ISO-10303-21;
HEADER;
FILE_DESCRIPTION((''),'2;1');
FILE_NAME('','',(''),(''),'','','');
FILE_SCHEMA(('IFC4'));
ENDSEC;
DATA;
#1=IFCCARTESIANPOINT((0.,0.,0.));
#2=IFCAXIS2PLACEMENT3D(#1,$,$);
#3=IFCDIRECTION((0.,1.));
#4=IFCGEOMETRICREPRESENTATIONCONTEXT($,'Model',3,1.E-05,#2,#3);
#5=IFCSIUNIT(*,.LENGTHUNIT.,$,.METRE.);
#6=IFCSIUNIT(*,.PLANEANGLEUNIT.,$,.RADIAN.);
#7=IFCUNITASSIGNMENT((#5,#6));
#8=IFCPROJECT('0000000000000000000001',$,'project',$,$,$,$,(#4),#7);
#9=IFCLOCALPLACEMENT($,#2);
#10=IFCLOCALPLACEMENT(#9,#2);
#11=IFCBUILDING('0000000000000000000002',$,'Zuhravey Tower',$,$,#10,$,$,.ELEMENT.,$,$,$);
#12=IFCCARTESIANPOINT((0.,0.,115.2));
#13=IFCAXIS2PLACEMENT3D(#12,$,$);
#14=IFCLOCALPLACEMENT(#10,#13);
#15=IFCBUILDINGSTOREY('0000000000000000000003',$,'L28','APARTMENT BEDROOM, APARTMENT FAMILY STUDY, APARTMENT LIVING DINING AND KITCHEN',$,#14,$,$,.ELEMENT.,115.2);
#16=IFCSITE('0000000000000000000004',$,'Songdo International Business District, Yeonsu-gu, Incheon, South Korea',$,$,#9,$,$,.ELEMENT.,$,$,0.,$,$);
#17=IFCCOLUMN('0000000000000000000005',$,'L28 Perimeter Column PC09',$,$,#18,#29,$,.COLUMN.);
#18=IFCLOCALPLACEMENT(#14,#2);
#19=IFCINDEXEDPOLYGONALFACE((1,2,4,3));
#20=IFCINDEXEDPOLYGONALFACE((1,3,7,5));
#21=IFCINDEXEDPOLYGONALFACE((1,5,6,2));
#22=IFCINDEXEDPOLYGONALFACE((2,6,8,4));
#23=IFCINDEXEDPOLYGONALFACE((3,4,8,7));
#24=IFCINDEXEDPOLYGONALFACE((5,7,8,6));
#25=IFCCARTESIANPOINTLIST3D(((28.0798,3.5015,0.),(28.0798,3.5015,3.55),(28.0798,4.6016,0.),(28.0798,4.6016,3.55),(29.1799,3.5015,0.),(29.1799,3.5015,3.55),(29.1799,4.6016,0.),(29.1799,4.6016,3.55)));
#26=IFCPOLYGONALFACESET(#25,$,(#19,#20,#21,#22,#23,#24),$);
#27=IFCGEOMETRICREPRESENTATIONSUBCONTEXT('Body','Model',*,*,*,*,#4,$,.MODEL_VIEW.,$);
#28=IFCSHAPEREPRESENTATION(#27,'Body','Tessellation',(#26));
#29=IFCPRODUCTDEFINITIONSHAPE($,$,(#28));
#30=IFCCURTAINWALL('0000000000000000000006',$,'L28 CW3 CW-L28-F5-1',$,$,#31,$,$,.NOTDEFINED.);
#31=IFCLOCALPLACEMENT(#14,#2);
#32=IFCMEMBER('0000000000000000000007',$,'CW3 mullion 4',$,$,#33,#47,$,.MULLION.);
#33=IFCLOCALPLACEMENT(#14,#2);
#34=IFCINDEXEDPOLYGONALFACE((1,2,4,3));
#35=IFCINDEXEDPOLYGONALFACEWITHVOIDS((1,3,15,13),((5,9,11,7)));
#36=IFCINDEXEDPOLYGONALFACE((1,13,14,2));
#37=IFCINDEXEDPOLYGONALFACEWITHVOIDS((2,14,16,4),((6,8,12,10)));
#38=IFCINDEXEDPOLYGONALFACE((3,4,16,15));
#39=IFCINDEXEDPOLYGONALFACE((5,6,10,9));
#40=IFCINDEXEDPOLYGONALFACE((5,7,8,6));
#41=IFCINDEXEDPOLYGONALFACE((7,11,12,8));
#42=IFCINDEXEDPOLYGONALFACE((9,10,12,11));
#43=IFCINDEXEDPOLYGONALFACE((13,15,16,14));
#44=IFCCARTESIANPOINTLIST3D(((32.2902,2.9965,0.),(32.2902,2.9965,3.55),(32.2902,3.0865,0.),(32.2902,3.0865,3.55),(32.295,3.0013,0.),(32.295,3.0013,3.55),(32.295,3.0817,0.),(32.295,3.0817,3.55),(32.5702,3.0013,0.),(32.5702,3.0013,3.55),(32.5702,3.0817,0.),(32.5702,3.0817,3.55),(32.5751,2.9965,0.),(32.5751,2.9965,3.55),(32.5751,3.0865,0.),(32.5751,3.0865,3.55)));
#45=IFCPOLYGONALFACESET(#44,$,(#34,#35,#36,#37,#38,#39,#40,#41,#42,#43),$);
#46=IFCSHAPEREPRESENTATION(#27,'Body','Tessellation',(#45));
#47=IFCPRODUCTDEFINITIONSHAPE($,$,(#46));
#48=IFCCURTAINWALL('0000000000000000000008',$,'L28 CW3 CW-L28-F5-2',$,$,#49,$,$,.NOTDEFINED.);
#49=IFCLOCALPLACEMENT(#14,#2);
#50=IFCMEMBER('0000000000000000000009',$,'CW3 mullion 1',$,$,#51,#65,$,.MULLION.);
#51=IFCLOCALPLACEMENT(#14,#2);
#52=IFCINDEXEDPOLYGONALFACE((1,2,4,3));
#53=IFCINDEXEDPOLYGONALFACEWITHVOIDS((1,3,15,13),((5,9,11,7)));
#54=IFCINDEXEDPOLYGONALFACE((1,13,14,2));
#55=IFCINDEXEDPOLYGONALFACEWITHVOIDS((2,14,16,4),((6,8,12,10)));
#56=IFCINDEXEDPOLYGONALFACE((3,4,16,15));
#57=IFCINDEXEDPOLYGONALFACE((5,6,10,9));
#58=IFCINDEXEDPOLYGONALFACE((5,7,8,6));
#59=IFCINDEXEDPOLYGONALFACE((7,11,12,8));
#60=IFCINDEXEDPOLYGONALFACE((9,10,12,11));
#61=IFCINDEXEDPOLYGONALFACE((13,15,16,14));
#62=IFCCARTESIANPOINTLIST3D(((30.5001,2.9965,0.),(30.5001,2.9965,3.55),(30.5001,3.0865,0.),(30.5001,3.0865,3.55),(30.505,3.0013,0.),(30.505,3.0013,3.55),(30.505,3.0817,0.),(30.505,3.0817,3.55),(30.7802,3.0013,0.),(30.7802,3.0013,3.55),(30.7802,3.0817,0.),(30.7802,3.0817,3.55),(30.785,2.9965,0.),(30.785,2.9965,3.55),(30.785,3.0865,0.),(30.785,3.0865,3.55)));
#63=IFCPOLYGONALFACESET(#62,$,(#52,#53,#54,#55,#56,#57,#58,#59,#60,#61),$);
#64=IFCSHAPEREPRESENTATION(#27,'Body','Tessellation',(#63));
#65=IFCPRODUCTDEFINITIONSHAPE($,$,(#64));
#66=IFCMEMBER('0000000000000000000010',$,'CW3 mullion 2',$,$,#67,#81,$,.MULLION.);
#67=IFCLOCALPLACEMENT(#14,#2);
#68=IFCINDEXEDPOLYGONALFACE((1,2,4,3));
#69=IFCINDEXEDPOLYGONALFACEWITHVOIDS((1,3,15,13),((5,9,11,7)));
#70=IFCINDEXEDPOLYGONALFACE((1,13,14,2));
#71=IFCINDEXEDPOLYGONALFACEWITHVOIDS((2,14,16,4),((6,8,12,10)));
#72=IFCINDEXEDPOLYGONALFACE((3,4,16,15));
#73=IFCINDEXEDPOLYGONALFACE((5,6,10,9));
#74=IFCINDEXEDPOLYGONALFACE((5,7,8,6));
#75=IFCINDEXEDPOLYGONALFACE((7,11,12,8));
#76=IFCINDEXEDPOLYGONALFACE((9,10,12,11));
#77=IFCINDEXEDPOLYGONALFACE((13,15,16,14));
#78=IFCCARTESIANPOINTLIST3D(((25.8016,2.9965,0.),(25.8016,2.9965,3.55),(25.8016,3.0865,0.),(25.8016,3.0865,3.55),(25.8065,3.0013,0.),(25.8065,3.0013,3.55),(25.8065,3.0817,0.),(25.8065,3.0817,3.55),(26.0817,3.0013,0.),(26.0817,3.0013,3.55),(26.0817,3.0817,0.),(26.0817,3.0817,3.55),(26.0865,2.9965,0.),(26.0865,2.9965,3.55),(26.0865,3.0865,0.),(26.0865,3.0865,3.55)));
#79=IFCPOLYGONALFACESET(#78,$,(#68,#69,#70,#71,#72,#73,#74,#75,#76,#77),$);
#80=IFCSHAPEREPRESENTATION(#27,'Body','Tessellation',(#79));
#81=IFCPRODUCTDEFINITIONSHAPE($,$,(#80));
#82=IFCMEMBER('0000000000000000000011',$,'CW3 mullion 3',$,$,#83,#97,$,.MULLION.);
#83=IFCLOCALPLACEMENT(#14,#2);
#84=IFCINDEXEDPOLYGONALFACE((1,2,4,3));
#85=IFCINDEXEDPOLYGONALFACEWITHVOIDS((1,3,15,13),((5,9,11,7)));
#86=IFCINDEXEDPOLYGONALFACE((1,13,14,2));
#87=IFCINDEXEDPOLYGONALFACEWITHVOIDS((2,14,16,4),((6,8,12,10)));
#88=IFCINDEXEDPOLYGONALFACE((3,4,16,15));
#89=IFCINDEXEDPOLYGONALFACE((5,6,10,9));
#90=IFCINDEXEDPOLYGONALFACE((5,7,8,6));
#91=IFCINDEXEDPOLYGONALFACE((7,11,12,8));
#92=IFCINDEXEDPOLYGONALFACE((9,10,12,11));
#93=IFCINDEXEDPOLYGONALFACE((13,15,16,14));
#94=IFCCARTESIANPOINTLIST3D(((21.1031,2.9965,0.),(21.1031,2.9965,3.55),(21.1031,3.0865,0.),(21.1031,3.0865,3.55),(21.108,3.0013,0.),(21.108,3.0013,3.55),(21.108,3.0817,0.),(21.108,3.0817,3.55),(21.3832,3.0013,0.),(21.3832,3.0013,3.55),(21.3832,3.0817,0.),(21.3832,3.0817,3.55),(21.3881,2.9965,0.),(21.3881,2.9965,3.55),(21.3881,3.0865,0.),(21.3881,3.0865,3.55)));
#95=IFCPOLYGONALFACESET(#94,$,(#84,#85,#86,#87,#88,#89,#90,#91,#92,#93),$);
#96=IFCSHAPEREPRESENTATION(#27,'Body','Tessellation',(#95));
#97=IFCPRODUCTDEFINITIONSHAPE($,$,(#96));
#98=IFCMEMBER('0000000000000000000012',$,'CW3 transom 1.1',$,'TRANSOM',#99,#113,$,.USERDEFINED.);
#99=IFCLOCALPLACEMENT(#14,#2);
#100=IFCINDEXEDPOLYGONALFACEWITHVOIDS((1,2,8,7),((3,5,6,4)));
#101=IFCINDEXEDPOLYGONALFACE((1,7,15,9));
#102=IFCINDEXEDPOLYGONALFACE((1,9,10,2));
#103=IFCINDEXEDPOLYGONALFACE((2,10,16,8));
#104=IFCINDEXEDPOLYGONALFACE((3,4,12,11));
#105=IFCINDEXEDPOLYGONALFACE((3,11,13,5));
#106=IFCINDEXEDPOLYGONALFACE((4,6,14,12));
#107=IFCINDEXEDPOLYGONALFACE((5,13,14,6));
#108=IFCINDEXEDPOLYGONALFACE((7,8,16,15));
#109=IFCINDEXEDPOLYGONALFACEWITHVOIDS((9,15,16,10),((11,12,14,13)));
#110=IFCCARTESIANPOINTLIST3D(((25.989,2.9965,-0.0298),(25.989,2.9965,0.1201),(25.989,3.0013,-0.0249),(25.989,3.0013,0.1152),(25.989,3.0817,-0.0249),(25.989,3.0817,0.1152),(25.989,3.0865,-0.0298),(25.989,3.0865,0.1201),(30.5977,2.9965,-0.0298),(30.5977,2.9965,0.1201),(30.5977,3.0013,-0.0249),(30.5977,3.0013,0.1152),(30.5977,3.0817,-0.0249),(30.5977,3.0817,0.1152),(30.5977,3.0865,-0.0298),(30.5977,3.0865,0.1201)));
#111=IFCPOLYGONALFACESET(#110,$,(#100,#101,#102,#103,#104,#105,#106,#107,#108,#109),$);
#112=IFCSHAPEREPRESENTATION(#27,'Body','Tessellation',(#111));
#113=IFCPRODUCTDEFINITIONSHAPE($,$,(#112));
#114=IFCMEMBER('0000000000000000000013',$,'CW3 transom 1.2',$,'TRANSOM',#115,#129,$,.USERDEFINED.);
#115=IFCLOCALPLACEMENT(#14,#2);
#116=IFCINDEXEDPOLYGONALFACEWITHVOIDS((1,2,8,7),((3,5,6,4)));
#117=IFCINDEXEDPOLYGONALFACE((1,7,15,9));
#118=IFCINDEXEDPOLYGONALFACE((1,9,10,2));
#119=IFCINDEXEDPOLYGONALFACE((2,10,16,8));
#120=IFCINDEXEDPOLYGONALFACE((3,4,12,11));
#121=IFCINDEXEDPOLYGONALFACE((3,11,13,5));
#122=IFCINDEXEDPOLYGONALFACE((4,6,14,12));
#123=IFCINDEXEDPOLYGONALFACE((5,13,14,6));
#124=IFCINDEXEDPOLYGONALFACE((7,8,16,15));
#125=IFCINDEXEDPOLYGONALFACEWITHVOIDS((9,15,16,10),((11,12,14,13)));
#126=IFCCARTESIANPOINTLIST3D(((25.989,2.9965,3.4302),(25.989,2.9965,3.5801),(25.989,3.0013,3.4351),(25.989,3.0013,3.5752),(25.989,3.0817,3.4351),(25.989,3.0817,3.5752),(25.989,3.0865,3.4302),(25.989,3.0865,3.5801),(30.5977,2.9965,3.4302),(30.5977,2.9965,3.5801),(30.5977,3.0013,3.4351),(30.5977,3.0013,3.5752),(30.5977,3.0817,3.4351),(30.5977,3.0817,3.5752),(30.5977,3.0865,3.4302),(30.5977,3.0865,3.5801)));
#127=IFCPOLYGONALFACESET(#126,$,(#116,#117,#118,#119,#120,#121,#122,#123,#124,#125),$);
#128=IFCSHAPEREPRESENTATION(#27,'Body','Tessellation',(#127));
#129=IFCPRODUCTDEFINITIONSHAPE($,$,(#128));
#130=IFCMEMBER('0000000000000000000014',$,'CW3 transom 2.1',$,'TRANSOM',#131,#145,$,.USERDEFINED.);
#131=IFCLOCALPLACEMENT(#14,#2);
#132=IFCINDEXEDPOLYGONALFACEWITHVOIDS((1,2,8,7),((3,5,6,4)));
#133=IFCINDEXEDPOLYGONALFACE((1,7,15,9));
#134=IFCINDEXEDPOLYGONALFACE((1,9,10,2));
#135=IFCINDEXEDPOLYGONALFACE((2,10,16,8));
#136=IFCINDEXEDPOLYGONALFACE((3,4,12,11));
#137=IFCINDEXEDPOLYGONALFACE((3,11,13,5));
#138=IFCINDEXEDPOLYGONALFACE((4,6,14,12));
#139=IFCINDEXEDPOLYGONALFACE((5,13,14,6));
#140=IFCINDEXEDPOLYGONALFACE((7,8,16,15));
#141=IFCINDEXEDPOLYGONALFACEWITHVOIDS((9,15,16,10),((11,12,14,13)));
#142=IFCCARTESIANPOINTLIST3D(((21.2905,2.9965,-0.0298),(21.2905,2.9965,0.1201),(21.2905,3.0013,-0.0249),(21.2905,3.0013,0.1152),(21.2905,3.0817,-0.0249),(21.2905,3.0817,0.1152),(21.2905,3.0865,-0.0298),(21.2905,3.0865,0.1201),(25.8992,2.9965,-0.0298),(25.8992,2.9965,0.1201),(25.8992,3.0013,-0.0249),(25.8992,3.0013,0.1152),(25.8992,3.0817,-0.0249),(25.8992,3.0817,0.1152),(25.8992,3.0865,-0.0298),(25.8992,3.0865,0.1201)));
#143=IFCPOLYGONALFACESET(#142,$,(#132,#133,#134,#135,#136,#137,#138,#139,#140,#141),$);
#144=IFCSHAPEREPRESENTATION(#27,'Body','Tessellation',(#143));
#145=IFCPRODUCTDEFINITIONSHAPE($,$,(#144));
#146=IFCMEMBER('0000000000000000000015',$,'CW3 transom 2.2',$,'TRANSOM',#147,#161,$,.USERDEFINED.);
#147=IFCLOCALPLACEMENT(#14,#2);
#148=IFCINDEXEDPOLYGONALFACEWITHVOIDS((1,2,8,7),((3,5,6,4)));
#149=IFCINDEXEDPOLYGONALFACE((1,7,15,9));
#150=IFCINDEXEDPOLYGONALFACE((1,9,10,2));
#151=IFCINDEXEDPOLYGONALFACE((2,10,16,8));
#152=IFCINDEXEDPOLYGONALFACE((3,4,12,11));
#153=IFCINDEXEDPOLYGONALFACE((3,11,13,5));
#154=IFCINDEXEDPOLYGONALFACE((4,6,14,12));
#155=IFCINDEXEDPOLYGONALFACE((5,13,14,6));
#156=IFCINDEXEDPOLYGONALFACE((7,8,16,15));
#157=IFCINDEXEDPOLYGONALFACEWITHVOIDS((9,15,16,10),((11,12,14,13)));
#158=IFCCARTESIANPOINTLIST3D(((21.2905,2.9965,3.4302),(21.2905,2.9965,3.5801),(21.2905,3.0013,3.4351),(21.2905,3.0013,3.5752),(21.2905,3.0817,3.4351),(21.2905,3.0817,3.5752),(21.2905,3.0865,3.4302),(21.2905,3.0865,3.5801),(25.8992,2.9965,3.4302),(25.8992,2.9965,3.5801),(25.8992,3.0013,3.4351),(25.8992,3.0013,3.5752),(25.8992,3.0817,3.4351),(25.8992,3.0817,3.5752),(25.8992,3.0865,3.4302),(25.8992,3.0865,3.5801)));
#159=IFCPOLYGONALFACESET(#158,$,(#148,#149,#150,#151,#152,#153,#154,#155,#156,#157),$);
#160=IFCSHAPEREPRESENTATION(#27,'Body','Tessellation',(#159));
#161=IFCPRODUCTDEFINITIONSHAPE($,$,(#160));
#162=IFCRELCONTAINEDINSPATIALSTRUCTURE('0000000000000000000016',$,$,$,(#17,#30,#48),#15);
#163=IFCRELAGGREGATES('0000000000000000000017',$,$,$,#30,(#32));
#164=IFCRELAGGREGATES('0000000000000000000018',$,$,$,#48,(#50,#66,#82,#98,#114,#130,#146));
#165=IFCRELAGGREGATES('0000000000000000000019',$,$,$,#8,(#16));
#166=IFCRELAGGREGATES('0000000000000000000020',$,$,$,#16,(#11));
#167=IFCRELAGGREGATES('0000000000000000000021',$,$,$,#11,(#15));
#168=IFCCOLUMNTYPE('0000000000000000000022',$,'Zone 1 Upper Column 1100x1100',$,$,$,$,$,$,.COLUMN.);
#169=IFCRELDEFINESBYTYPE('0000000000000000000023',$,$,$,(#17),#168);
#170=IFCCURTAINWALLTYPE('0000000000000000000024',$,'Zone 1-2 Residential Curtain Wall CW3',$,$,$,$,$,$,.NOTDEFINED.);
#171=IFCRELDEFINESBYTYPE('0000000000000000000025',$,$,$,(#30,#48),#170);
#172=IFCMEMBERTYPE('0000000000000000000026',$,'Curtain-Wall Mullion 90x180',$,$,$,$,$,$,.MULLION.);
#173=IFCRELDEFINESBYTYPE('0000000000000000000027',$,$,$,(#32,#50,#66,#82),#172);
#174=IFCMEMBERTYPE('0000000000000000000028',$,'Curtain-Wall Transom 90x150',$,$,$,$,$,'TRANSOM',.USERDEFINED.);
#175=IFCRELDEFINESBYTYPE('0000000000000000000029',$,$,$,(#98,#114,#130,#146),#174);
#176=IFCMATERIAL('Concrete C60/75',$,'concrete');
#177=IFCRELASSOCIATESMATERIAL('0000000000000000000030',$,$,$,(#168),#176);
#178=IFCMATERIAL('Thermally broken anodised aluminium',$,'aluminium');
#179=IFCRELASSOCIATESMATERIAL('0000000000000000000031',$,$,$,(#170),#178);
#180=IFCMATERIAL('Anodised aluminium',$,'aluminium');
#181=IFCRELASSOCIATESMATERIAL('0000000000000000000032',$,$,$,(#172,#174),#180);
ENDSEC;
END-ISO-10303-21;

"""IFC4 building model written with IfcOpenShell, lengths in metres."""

from ifc_helpers import new_model, si_unit, direction, frame, origin, origin_2d, place, context, subcontext, project, spatial, rectangle, hollow_rectangle, extrude, material, material_profile, profile_set, type_object, element, aggregate, save


model = new_model("IFC4")

# Units and contexts
model_context = context("Model", 3, precision=1e-05, world=origin(), true_north=direction((0.0, 1.0)))
body_context = subcontext(model_context, "Body", "Model", "MODEL_VIEW")
ifc_project = project(units=[si_unit("LENGTHUNIT", "METRE"), si_unit("PLANEANGLEUNIT", "RADIAN")], contexts=[model_context])

# Site, building, storey
site_placement = place(None, origin())
site = spatial("IfcSite", under=ifc_project, at=site_placement, Name="Songdo International Business District, Yeonsu-gu, Incheon, South Korea", CompositionType="ELEMENT", RefElevation=0.0)
building_placement = place(site_placement, origin())
building = spatial("IfcBuilding", under=site, at=building_placement, Name="Zuhravey Tower", CompositionType="ELEMENT")
storey_placement = place(building_placement, frame((0.0, 0.0, 115.2)))
storey = spatial("IfcBuildingStorey", under=building, at=storey_placement, Name="L28", Description="APARTMENT BEDROOM, APARTMENT FAMILY STUDY, APARTMENT LIVING DINING AND KITCHEN", CompositionType="ELEMENT", Elevation=115.2)

# Column
ifc_material_1 = material(Name="Concrete C60/75", Category="concrete")
ifc_material_profile_1 = material_profile(ifc_material_1, rectangle(XDim=1.1001, YDim=1.1001, at=origin_2d()), Name="RC-1100x1100")
ifc_profile_set_1 = profile_set([ifc_material_profile_1], Name="Concrete C60/75")
column_type = type_object("IfcColumnType", Name="Zone 1 Upper Column 1100x1100", PredefinedType="COLUMN", material=ifc_profile_set_1)
column_placement = place(storey_placement, frame((28.6299, 4.0515, 0.0), z_axis=(0.0, 0.0, 1.0), x_axis=(1.0, 0.0, 0.0)))
element("IfcColumn", 1, at=column_placement, inside=storey, type_object=column_type, Name="L28 Perimeter Column PC09", PredefinedType="COLUMN", context=body_context, shape_type="SweptSolid", body=[
    extrude(rectangle(XDim=1.1001, YDim=1.1001, at=origin_2d()), origin(), (0.0, 0.0, 1.0), 3.55),
])

# Curtain wall, member
ifc_material_2 = material(Name="Thermally broken anodised aluminium", Category="aluminium")
curtain_wall_type = type_object("IfcCurtainWallType", Name="Zone 1-2 Residential Curtain Wall CW3", PredefinedType="NOTDEFINED", material=ifc_material_2)
curtain_wall_1_placement = place(storey_placement, origin())
curtain_wall_1 = element("IfcCurtainWall", 2, at=curtain_wall_1_placement, inside=storey, type_object=curtain_wall_type, Name="L28 CW3 CW-L28-F5-1", PredefinedType="NOTDEFINED")
ifc_material_3 = material(Name="Anodised aluminium", Category="aluminium")
ifc_material_profile_2 = material_profile(ifc_material_3, hollow_rectangle(XDim=0.0901, YDim=0.2849, WallThickness=0.0049, at=origin_2d()), Name="ALU-RHS-90x285x5")
ifc_profile_set_2 = profile_set([ifc_material_profile_2], Name="Anodised aluminium")
member_type_1 = type_object("IfcMemberType", Name="Curtain-Wall Mullion 90x180", PredefinedType="MULLION", material=ifc_profile_set_2)
member_1_placement = place(storey_placement, frame((32.4326, 3.0415, 0.0), z_axis=(0.0, 0.0, 1.0), x_axis=(0.0, -1.0, 0.0)))
member_1 = element("IfcMember", 3, at=member_1_placement, type_object=member_type_1, Name="CW3 mullion 4", PredefinedType="MULLION", context=body_context, shape_type="SweptSolid", body=[
    extrude(hollow_rectangle(XDim=0.0901, YDim=0.2849, WallThickness=0.0049, at=origin_2d()), origin(), (0.0, 0.0, 1.0), 3.55),
])
aggregate(curtain_wall_1, [member_1])

# Curtain wall, members
curtain_wall_2_placement = place(storey_placement, origin())
curtain_wall_2 = element("IfcCurtainWall", 4, at=curtain_wall_2_placement, inside=storey, type_object=curtain_wall_type, Name="L28 CW3 CW-L28-F5-2", PredefinedType="NOTDEFINED")
member_2_placement = place(storey_placement, frame((30.6426, 3.0415, 0.0), z_axis=(0.0, 0.0, 1.0), x_axis=(0.0, -1.0, 0.0)))
member_2 = element("IfcMember", 5, at=member_2_placement, type_object=member_type_1, Name="CW3 mullion 1", PredefinedType="MULLION", context=body_context, shape_type="SweptSolid", body=[
    extrude(hollow_rectangle(XDim=0.0901, YDim=0.2849, WallThickness=0.0049, at=origin_2d()), origin(), (0.0, 0.0, 1.0), 3.55),
])
member_3_placement = place(storey_placement, frame((25.9441, 3.0415, 0.0), z_axis=(0.0, 0.0, 1.0), x_axis=(0.0, -1.0, 0.0)))
member_3 = element("IfcMember", 6, at=member_3_placement, type_object=member_type_1, Name="CW3 mullion 2", PredefinedType="MULLION", context=body_context, shape_type="SweptSolid", body=[
    extrude(hollow_rectangle(XDim=0.0901, YDim=0.2849, WallThickness=0.0049, at=origin_2d()), origin(), (0.0, 0.0, 1.0), 3.55),
])
member_4_placement = place(storey_placement, frame((21.2456, 3.0415, 0.0), z_axis=(0.0, 0.0, 1.0), x_axis=(0.0, -1.0, 0.0)))
member_4 = element("IfcMember", 7, at=member_4_placement, type_object=member_type_1, Name="CW3 mullion 3", PredefinedType="MULLION", context=body_context, shape_type="SweptSolid", body=[
    extrude(hollow_rectangle(XDim=0.0901, YDim=0.2849, WallThickness=0.0049, at=origin_2d()), origin(), (0.0, 0.0, 1.0), 3.55),
])
ifc_material_profile_3 = material_profile(ifc_material_3, hollow_rectangle(XDim=0.0901, YDim=0.1499, WallThickness=0.0049, at=origin_2d()), Name="ALU-RHS-90x150x5")
ifc_profile_set_3 = profile_set([ifc_material_profile_3], Name="Anodised aluminium")
member_type_2 = type_object("IfcMemberType", Name="Curtain-Wall Transom 90x150", ElementType="TRANSOM", PredefinedType="USERDEFINED", material=ifc_profile_set_3)
member_5_placement = place(storey_placement, frame((30.5977, 3.0415, 0.0452), z_axis=(-1.0, 0.0, 0.0), x_axis=(0.0, -1.0, 0.0)))
member_5 = element("IfcMember", 8, at=member_5_placement, type_object=member_type_2, Name="CW3 transom 1.1", ObjectType="TRANSOM", PredefinedType="USERDEFINED", context=body_context, shape_type="SweptSolid", body=[
    extrude(hollow_rectangle(XDim=0.0901, YDim=0.1499, WallThickness=0.0049, at=origin_2d()), origin(), (0.0, 0.0, 1.0), 4.6086),
])
member_6_placement = place(storey_placement, frame((30.5977, 3.0415, 3.5051), z_axis=(-1.0, 0.0, 0.0), x_axis=(0.0, -1.0, 0.0)))
member_6 = element("IfcMember", 9, at=member_6_placement, type_object=member_type_2, Name="CW3 transom 1.2", ObjectType="TRANSOM", PredefinedType="USERDEFINED", context=body_context, shape_type="SweptSolid", body=[
    extrude(hollow_rectangle(XDim=0.0901, YDim=0.1499, WallThickness=0.0049, at=origin_2d()), origin(), (0.0, 0.0, 1.0), 4.6086),
])
member_7_placement = place(storey_placement, frame((25.8992, 3.0415, 0.0452), z_axis=(-1.0, 0.0, 0.0), x_axis=(0.0, -1.0, 0.0)))
member_7 = element("IfcMember", 10, at=member_7_placement, type_object=member_type_2, Name="CW3 transom 2.1", ObjectType="TRANSOM", PredefinedType="USERDEFINED", context=body_context, shape_type="SweptSolid", body=[
    extrude(hollow_rectangle(XDim=0.0901, YDim=0.1499, WallThickness=0.0049, at=origin_2d()), origin(), (0.0, 0.0, 1.0), 4.6086),
])
member_8_placement = place(storey_placement, frame((25.8992, 3.0415, 3.5051), z_axis=(-1.0, 0.0, 0.0), x_axis=(0.0, -1.0, 0.0)))
member_8 = element("IfcMember", 11, at=member_8_placement, type_object=member_type_2, Name="CW3 transom 2.2", ObjectType="TRANSOM", PredefinedType="USERDEFINED", context=body_context, shape_type="SweptSolid", body=[
    extrude(hollow_rectangle(XDim=0.0901, YDim=0.1499, WallThickness=0.0049, at=origin_2d()), origin(), (0.0, 0.0, 1.0), 4.6086),
])

aggregate(curtain_wall_2, [member_2, member_3, member_4, member_5, member_6, member_7, member_8])

save(model, "model.ifc")
